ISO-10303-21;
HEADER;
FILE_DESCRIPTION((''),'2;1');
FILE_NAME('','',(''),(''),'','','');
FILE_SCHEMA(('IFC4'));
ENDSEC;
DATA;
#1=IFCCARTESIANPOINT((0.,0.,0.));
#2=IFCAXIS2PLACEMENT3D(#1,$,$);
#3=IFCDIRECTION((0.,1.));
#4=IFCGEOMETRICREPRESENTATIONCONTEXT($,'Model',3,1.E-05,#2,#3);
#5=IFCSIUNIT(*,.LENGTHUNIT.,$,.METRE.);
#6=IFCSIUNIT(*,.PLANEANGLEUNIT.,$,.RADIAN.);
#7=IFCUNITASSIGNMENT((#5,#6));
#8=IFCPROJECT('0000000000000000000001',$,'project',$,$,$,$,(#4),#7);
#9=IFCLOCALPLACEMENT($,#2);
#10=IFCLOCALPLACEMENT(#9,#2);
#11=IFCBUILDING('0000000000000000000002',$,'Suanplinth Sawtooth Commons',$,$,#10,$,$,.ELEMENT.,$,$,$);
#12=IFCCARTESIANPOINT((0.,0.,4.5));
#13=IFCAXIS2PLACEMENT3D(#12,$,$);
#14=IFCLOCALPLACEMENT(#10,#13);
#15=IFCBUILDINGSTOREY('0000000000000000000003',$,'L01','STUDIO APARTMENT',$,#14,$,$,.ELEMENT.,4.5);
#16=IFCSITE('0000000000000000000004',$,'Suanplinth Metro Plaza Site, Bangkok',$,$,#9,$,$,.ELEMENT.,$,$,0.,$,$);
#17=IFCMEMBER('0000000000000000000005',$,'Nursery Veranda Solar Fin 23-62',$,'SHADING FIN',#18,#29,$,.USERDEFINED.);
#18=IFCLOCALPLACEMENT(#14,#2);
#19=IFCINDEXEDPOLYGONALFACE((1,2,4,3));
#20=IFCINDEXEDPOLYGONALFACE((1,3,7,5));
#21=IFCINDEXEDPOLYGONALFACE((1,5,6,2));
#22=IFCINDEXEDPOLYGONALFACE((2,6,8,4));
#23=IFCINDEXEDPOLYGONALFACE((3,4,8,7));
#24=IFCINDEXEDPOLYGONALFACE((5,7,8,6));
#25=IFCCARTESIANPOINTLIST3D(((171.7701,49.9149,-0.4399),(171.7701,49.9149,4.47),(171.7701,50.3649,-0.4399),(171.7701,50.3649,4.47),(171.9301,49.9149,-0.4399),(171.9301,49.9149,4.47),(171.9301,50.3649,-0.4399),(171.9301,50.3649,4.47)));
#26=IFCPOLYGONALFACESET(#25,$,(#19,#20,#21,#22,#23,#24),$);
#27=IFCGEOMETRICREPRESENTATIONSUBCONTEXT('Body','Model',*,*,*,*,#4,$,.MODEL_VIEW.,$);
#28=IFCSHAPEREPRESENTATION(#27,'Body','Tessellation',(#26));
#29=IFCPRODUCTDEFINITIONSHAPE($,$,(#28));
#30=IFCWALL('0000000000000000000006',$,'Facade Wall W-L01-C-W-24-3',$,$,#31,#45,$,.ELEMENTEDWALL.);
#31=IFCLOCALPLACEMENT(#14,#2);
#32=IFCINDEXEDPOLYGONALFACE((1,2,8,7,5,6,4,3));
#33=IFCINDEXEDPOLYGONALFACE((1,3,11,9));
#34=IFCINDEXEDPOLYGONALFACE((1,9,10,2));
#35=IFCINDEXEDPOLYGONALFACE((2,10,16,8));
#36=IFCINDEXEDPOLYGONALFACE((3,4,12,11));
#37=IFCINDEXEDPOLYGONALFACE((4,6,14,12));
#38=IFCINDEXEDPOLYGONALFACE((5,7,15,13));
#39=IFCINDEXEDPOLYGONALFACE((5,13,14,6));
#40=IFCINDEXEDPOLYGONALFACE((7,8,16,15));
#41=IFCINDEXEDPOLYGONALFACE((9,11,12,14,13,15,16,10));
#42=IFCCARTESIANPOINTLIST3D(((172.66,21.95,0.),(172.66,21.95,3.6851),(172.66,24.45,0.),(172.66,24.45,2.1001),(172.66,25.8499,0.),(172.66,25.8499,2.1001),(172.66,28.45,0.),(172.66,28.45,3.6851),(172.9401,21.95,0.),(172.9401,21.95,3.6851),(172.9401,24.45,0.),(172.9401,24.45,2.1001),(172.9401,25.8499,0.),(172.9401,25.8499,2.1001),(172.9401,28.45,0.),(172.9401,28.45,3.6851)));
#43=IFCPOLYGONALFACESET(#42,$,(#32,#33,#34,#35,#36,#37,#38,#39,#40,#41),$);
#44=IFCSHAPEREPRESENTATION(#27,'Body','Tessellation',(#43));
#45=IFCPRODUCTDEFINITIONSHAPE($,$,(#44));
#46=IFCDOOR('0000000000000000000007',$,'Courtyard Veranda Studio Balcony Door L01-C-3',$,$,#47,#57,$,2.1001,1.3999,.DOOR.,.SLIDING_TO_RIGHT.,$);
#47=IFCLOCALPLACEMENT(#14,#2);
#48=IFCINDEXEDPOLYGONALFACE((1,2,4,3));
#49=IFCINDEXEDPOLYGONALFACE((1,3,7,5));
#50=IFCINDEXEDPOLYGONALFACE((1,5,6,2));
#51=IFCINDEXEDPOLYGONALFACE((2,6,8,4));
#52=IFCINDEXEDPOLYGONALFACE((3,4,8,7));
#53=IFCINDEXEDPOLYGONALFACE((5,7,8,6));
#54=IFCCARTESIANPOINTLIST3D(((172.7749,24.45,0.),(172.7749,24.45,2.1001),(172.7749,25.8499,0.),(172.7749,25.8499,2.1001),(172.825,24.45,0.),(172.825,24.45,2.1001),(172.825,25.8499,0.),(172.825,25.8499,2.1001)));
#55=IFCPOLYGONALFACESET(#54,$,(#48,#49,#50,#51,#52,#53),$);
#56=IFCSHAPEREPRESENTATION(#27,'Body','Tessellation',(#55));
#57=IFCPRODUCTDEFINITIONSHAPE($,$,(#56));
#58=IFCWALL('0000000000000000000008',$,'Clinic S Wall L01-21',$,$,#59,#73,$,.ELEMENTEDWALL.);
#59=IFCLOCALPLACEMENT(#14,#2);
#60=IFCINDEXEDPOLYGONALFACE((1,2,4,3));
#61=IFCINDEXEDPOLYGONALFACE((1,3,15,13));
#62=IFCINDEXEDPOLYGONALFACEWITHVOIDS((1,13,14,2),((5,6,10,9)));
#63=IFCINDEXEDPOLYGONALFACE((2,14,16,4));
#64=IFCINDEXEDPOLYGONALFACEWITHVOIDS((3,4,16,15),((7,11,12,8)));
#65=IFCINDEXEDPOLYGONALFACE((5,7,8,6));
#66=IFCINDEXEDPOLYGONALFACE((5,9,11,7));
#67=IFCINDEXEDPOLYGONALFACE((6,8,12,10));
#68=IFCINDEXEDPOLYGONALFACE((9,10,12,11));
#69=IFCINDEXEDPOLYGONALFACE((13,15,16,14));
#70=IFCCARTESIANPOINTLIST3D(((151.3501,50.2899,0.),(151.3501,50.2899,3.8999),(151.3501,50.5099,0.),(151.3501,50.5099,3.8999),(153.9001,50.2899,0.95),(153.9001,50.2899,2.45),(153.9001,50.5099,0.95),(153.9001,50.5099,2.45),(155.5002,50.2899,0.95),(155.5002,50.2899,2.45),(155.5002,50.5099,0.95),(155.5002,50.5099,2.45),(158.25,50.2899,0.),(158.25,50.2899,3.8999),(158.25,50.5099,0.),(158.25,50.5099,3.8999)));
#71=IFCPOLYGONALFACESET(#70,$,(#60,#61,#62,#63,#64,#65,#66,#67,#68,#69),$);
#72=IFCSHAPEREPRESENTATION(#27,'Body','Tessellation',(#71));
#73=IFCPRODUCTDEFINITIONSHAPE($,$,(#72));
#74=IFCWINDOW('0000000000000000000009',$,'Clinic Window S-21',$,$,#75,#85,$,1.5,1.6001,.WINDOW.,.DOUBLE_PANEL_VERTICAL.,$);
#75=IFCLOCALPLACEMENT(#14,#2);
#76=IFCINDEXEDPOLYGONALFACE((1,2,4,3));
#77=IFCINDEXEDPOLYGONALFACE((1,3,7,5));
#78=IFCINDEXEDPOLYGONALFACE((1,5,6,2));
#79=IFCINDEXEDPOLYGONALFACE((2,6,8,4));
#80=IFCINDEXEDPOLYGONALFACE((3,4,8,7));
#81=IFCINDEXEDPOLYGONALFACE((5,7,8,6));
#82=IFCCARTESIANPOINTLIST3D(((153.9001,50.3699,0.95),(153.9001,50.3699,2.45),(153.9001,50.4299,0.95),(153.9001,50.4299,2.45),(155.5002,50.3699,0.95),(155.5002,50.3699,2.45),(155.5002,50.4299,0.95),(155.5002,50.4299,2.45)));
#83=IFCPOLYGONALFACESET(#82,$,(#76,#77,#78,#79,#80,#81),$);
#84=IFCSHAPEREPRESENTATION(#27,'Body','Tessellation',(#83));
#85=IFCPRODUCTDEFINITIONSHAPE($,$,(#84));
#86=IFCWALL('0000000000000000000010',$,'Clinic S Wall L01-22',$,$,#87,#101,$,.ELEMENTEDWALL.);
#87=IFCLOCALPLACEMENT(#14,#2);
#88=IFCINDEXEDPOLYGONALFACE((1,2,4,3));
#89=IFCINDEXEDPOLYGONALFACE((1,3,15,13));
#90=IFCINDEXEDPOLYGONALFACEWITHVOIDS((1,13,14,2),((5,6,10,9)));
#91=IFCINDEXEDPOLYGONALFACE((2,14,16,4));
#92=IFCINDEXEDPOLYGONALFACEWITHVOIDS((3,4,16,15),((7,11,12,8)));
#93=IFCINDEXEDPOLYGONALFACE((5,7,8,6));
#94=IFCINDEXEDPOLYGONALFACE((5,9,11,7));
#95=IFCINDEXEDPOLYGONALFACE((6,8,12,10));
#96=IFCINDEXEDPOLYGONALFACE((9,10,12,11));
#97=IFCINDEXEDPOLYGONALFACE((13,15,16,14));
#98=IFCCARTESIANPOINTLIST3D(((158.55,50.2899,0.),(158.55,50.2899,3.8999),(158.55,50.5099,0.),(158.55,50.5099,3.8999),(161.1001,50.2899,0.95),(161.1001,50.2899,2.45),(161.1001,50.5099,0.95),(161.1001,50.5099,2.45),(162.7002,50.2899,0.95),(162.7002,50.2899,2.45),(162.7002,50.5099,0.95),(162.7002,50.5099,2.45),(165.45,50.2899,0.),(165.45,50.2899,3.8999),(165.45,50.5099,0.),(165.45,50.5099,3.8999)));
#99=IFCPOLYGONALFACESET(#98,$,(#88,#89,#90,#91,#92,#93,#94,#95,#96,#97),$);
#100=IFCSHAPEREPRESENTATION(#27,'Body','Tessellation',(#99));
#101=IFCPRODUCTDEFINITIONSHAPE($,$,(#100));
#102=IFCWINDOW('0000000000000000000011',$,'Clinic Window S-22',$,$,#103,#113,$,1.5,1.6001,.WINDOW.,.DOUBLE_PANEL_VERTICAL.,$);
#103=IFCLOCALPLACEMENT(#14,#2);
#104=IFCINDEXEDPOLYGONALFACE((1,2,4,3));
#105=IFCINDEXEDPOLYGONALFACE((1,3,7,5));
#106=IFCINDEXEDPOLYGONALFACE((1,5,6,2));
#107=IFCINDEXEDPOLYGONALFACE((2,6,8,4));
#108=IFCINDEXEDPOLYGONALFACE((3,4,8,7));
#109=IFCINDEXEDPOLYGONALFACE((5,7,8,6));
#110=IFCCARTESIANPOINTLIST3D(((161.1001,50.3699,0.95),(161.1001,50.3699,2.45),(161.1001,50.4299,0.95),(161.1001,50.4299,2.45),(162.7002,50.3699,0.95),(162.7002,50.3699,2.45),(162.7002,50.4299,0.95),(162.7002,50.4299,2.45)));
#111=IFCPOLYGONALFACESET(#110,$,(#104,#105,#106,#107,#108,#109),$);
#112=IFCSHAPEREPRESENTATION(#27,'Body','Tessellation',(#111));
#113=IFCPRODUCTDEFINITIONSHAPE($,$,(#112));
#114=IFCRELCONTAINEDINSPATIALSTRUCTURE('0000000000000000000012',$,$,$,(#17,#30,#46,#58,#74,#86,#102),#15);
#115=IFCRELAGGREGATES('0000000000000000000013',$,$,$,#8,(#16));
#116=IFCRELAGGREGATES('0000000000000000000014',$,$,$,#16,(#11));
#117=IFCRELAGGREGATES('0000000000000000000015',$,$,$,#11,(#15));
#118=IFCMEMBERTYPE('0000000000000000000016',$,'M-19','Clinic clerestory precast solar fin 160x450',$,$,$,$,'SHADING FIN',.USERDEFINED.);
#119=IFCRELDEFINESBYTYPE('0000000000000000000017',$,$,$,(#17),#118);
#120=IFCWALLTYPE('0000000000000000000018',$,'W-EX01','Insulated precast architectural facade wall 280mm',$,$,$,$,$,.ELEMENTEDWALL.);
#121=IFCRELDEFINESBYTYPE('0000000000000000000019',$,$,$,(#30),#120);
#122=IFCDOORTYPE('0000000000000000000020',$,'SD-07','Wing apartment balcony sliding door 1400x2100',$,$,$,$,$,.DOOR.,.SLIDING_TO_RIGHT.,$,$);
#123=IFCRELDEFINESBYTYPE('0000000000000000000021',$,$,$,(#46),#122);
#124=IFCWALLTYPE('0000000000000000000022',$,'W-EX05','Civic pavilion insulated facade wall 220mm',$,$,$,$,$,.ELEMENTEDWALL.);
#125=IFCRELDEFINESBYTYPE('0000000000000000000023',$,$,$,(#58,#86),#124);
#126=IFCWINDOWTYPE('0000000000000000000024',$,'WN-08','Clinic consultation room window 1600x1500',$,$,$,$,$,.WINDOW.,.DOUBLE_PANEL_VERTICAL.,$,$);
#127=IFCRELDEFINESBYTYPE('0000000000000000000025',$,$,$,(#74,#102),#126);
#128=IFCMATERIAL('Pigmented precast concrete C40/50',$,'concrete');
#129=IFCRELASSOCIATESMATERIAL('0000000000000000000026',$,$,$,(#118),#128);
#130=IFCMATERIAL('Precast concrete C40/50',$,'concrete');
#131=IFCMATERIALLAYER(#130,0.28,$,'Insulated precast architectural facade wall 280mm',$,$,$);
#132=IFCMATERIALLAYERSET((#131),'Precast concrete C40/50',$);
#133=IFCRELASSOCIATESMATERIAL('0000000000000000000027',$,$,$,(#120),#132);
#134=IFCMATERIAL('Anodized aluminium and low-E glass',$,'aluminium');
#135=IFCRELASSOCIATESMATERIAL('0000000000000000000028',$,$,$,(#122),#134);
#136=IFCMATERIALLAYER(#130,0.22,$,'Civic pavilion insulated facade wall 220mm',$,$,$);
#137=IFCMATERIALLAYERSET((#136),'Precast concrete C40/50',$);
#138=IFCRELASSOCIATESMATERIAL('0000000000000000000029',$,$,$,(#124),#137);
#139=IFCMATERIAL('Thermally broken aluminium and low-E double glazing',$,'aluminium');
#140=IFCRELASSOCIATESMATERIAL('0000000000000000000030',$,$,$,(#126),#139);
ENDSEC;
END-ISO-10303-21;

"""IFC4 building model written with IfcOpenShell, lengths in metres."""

from ifc_helpers import new_model, si_unit, direction, frame, frame_2d, origin, origin_2d, place, context, subcontext, project, spatial, rectangle, extrude, material, layer, layer_set, material_profile, profile_set, type_object, element, fill, save


model = new_model("IFC4")

# Units and contexts
model_context = context("Model", 3, precision=1e-05, world=origin(), true_north=direction((0.0, 1.0)))
body_context = subcontext(model_context, "Body", "Model", "MODEL_VIEW")
ifc_project = project(units=[si_unit("LENGTHUNIT", "METRE"), si_unit("PLANEANGLEUNIT", "RADIAN")], contexts=[model_context])

# Site, building, storey
site_placement = place(None, origin())
site = spatial("IfcSite", under=ifc_project, at=site_placement, Name="Suanplinth Metro Plaza Site, Bangkok", CompositionType="ELEMENT", RefElevation=0.0)
building_placement = place(site_placement, origin())
building = spatial("IfcBuilding", under=site, at=building_placement, Name="Suanplinth Sawtooth Commons", CompositionType="ELEMENT")
storey_placement = place(building_placement, frame((0.0, 0.0, 4.5)))
storey = spatial("IfcBuildingStorey", under=building, at=storey_placement, Name="L01", Description="STUDIO APARTMENT", CompositionType="ELEMENT", Elevation=4.5)

# Shared definitions
ifc_material_1 = material(Name="Precast concrete C40/50", Category="concrete")

# Member
ifc_material_2 = material(Name="Pigmented precast concrete C40/50", Category="concrete")
ifc_material_profile_1 = material_profile(ifc_material_2, rectangle(XDim=0.1599, YDim=0.45, at=origin_2d()), Name="PC-FIN 160x450")
ifc_profile_set_1 = profile_set([ifc_material_profile_1], Name="Pigmented precast concrete C40/50")
member_type_1 = type_object("IfcMemberType", Name="M-19", Description="Clinic clerestory precast solar fin 160x450", ElementType="SHADING FIN", PredefinedType="USERDEFINED", material=ifc_profile_set_1)
for number, where, z_axis, x_axis, name in (
    (1, (171.8501, 50.1399, -0.4399), (0.0, 0.0, 1.0), (1.0, 0.0, 0.0), "Nursery Veranda Solar Fin 23-62"),
):
    element("IfcMember", number, at=place(storey_placement, frame(where, z_axis=z_axis, x_axis=x_axis)), inside=storey, type_object=member_type_1, Name=name, ObjectType="SHADING FIN", PredefinedType="USERDEFINED", context=body_context, shape_type="SweptSolid", body=[
        extrude(rectangle(XDim=0.1599, YDim=0.45, at=origin_2d()), origin(), (0.0, 0.0, 1.0), 4.9099),
    ])

# Wall, opening, door
ifc_layer_1 = layer(ifc_material_1, 0.28, Name="Insulated precast architectural facade wall 280mm")
ifc_layer_set_1 = layer_set([ifc_layer_1], Name="Precast concrete C40/50")
wall_type_1 = type_object("IfcWallType", Name="W-EX01", Description="Insulated precast architectural facade wall 280mm", PredefinedType="ELEMENTEDWALL", material=ifc_layer_set_1)
wall_1_placement = place(storey_placement, frame((172.8, 21.95, 0.0), z_axis=(0.0, 0.0, 1.0), x_axis=(0.0, 1.0, 0.0)))
wall_1 = element("IfcWall", 2, at=wall_1_placement, inside=storey, type_object=wall_type_1, Name="Facade Wall W-L01-C-W-24-3", PredefinedType="ELEMENTEDWALL", context=body_context, shape_type="SweptSolid", body=[
    extrude(rectangle(XDim=6.5, YDim=0.28, at=frame_2d((3.25, 0.0))), origin(), (0.0, 0.0, 1.0), 3.6851),
])
opening_1_placement = place(wall_1_placement, frame((2.5, 0.0, 0.0)))
opening_1 = element("IfcOpeningElement", 3, at=opening_1_placement, cuts=wall_1, PredefinedType="OPENING", context=body_context, shape_type="SweptSolid", body=[
    extrude(rectangle(XDim=1.3999, YDim=2.1001, at=frame_2d((0.7, 1.05))), frame((0.0, 0.1548, 0.0), z_axis=(0.0, -1.0, 0.0), x_axis=(1.0, 0.0, 0.0)), (0.0, 0.0, 1.0), 0.3098),
])
ifc_material_3 = material(Name="Anodized aluminium and low-E glass", Category="aluminium")
door_type = type_object("IfcDoorType", Name="SD-07", Description="Wing apartment balcony sliding door 1400x2100", OperationType="SLIDING_TO_RIGHT", PredefinedType="DOOR", material=ifc_material_3)
door_placement = place(opening_1_placement, frame((1.3999, 0.0, 0.0), z_axis=(0.0, 0.0, 1.0), x_axis=(-1.0, 0.0, 0.0)))
door = element("IfcDoor", 4, at=door_placement, inside=storey, type_object=door_type, Name="Courtyard Veranda Studio Balcony Door L01-C-3", OperationType="SLIDING_TO_RIGHT", OverallHeight=2.1001, OverallWidth=1.3999, PredefinedType="DOOR", context=body_context, shape_type="SweptSolid", body=[
    extrude(rectangle(XDim=1.3999, YDim=2.1001, at=frame_2d((0.7, 1.05))), frame((0.0, 0.0249, 0.0), z_axis=(0.0, -1.0, 0.0), x_axis=(1.0, 0.0, 0.0)), (0.0, 0.0, 1.0), 0.05),
])
fill(opening_1, door)

# Walls, openings, windows
ifc_layer_2 = layer(ifc_material_1, 0.22, Name="Civic pavilion insulated facade wall 220mm")
ifc_layer_set_2 = layer_set([ifc_layer_2], Name="Precast concrete C40/50")
wall_type_2 = type_object("IfcWallType", Name="W-EX05", Description="Civic pavilion insulated facade wall 220mm", PredefinedType="ELEMENTEDWALL", material=ifc_layer_set_2)
wall_2_placement = place(storey_placement, frame((151.3501, 50.3999, 0.0), z_axis=(0.0, 0.0, 1.0), x_axis=(1.0, 0.0, 0.0)))
wall_2 = element("IfcWall", 5, at=wall_2_placement, inside=storey, type_object=wall_type_2, Name="Clinic S Wall L01-21", PredefinedType="ELEMENTEDWALL", context=body_context, shape_type="SweptSolid", body=[
    extrude(rectangle(XDim=6.8999, YDim=0.22, at=frame_2d((3.45, 0.0))), origin(), (0.0, 0.0, 1.0), 3.8999),
])
opening_2_placement = place(wall_2_placement, frame((2.55, 0.0, 0.95)))
opening_2 = element("IfcOpeningElement", 6, at=opening_2_placement, cuts=wall_2, PredefinedType="OPENING", context=body_context, shape_type="SweptSolid", body=[
    extrude(rectangle(XDim=1.6001, YDim=1.5, at=frame_2d((0.8, 0.75))), frame((0.0, 0.125, 0.0), z_axis=(0.0, -1.0, 0.0), x_axis=(1.0, 0.0, 0.0)), (0.0, 0.0, 1.0), 0.2498),
])
ifc_material_4 = material(Name="Thermally broken aluminium and low-E double glazing", Category="aluminium")
window_type = type_object("IfcWindowType", Name="WN-08", Description="Clinic consultation room window 1600x1500", PartitioningType="DOUBLE_PANEL_VERTICAL", PredefinedType="WINDOW", material=ifc_material_4)
window_1_placement = place(opening_2_placement, origin())
window_1 = element("IfcWindow", 7, at=window_1_placement, inside=storey, type_object=window_type, Name="Clinic Window S-21", OverallHeight=1.5, OverallWidth=1.6001, PartitioningType="DOUBLE_PANEL_VERTICAL", PredefinedType="WINDOW", context=body_context, shape_type="SweptSolid", body=[
    extrude(rectangle(XDim=1.6001, YDim=1.5, at=frame_2d((0.8, 0.75))), frame((0.0, 0.03, 0.0), z_axis=(0.0, -1.0, 0.0), x_axis=(1.0, 0.0, 0.0)), (0.0, 0.0, 1.0), 0.0601),
])
fill(opening_2, window_1)
wall_3_placement = place(storey_placement, frame((158.55, 50.3999, 0.0), z_axis=(0.0, 0.0, 1.0), x_axis=(1.0, 0.0, 0.0)))
wall_3 = element("IfcWall", 8, at=wall_3_placement, inside=storey, type_object=wall_type_2, Name="Clinic S Wall L01-22", PredefinedType="ELEMENTEDWALL", context=body_context, shape_type="SweptSolid", body=[
    extrude(rectangle(XDim=6.8999, YDim=0.22, at=frame_2d((3.45, 0.0))), origin(), (0.0, 0.0, 1.0), 3.8999),
])
opening_3_placement = place(wall_3_placement, frame((2.55, 0.0, 0.95)))
opening_3 = element("IfcOpeningElement", 9, at=opening_3_placement, cuts=wall_3, PredefinedType="OPENING", context=body_context, shape_type="SweptSolid", body=[
    extrude(rectangle(XDim=1.6001, YDim=1.5, at=frame_2d((0.8, 0.75))), frame((0.0, 0.125, 0.0), z_axis=(0.0, -1.0, 0.0), x_axis=(1.0, 0.0, 0.0)), (0.0, 0.0, 1.0), 0.2498),
])
window_2_placement = place(opening_3_placement, origin())
window_2 = element("IfcWindow", 10, at=window_2_placement, inside=storey, type_object=window_type, Name="Clinic Window S-22", OverallHeight=1.5, OverallWidth=1.6001, PartitioningType="DOUBLE_PANEL_VERTICAL", PredefinedType="WINDOW", context=body_context, shape_type="SweptSolid", body=[
    extrude(rectangle(XDim=1.6001, YDim=1.5, at=frame_2d((0.8, 0.75))), frame((0.0, 0.03, 0.0), z_axis=(0.0, -1.0, 0.0), x_axis=(1.0, 0.0, 0.0)), (0.0, 0.0, 1.0), 0.0601),
])
fill(opening_3, window_2)

save(model, "model.ifc")
